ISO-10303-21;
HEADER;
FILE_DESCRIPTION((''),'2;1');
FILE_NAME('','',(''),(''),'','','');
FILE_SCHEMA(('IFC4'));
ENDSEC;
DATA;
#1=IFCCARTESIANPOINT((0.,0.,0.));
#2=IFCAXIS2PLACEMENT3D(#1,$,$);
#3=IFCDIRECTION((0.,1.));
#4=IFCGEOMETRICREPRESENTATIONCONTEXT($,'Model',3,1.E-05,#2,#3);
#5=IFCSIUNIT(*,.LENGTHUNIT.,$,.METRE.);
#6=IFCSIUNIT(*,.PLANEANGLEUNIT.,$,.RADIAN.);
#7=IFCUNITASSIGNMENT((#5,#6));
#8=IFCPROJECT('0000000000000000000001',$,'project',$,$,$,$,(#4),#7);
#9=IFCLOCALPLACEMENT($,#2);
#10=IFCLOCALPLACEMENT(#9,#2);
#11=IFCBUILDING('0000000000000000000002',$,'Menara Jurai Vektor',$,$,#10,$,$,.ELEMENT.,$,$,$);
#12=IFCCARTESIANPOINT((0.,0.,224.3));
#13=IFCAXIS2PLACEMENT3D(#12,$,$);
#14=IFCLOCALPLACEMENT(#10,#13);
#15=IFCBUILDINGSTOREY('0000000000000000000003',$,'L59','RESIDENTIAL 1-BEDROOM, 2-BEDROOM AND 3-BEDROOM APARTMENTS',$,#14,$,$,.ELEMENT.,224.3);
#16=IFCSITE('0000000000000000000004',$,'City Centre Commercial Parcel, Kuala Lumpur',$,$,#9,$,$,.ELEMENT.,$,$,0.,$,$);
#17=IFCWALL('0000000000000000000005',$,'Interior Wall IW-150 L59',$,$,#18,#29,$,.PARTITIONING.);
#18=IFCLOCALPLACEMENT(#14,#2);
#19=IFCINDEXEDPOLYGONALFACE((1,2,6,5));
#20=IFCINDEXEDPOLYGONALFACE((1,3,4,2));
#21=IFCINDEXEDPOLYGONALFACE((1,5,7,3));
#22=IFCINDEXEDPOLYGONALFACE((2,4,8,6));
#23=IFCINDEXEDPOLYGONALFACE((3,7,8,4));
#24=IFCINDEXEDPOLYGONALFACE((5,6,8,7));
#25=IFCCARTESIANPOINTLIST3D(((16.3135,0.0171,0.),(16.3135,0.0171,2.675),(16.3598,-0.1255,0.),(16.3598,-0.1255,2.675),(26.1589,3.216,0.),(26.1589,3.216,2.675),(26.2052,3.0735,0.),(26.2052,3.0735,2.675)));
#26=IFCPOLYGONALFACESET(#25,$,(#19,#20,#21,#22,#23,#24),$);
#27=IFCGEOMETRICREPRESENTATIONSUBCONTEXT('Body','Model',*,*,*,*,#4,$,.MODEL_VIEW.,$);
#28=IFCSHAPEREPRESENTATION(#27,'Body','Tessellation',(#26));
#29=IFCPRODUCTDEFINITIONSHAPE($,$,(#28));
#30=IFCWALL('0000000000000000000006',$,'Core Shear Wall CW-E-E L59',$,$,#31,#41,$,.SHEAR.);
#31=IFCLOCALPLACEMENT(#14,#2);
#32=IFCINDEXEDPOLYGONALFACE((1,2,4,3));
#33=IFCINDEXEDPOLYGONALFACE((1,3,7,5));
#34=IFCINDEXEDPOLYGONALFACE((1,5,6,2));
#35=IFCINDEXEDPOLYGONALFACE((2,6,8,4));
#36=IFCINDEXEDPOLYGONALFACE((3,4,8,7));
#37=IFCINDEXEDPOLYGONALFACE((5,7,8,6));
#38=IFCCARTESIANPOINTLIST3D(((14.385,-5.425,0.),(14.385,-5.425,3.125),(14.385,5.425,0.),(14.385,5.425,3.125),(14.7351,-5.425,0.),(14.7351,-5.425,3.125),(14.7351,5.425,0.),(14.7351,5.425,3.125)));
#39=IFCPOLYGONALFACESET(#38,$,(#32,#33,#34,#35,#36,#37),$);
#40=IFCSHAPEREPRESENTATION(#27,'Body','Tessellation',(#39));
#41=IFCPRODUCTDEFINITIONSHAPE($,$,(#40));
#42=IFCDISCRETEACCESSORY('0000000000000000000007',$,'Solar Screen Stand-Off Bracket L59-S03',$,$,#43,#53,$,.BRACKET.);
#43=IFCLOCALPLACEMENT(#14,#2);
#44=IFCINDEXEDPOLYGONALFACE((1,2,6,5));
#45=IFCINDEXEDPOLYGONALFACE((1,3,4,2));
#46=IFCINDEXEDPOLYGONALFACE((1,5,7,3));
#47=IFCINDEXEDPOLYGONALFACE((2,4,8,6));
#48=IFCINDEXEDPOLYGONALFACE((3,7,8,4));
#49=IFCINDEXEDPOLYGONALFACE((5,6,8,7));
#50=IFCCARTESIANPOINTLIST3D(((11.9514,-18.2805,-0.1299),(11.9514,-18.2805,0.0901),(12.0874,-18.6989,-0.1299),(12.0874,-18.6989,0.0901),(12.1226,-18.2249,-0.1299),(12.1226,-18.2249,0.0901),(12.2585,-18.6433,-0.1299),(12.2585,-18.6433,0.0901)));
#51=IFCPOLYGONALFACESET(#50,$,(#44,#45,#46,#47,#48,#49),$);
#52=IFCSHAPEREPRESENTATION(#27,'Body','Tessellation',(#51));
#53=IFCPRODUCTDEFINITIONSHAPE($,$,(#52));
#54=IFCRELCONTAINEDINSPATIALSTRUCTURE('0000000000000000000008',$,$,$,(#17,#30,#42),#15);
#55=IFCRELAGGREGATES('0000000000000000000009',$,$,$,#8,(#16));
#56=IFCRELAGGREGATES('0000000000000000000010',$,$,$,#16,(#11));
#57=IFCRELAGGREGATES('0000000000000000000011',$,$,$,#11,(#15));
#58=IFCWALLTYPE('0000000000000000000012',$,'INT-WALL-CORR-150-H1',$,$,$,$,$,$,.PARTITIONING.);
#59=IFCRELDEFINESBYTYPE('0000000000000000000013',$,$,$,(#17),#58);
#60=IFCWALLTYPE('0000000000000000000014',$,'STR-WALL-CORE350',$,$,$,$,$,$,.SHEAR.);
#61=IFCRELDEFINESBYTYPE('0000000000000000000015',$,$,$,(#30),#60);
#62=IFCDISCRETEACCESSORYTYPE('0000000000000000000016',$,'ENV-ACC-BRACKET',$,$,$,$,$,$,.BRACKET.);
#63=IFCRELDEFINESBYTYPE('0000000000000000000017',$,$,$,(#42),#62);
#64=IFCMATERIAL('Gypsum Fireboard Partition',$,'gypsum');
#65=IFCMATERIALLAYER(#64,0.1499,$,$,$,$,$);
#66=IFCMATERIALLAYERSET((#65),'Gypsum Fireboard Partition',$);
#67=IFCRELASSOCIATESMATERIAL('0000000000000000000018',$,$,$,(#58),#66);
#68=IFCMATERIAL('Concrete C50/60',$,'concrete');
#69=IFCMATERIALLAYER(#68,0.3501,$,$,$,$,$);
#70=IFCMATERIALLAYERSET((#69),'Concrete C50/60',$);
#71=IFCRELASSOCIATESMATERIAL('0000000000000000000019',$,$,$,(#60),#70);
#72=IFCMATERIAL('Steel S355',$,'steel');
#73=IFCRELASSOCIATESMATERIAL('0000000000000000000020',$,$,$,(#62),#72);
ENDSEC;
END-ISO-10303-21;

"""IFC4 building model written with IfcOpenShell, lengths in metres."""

from ifc_helpers import new_model, si_unit, direction, frame, frame_2d, origin, origin_2d, place, context, subcontext, project, spatial, rectangle, extrude, material, layer, layer_set, type_object, element, save


model = new_model("IFC4")

# Units and contexts
model_context = context("Model", 3, precision=1e-05, world=origin(), true_north=direction((0.0, 1.0)))
body_context = subcontext(model_context, "Body", "Model", "MODEL_VIEW")
ifc_project = project(units=[si_unit("LENGTHUNIT", "METRE"), si_unit("PLANEANGLEUNIT", "RADIAN")], contexts=[model_context])

# Site, building, storey
site_placement = place(None, origin())
site = spatial("IfcSite", under=ifc_project, at=site_placement, Name="City Centre Commercial Parcel, Kuala Lumpur", CompositionType="ELEMENT", RefElevation=0.0)
building_placement = place(site_placement, origin())
building = spatial("IfcBuilding", under=site, at=building_placement, Name="Menara Jurai Vektor", CompositionType="ELEMENT")
storey_placement = place(building_placement, frame((0.0, 0.0, 224.3)))
storey = spatial("IfcBuildingStorey", under=building, at=storey_placement, Name="L59", Description="RESIDENTIAL 1-BEDROOM, 2-BEDROOM AND 3-BEDROOM APARTMENTS", CompositionType="ELEMENT", Elevation=224.3)

# Shared definitions
ifc_material_1 = material(Name="Concrete C50/60", Category="concrete")

# Shared definitions
ifc_material_2 = material(Name="Steel S355", Category="steel")

# Shared definitions
ifc_material_3 = material(Name="Gypsum Fireboard Partition", Category="gypsum")

# Walls
ifc_layer_1 = layer(ifc_material_3, 0.1499)
ifc_layer_set_1 = layer_set([ifc_layer_1], Name="Gypsum Fireboard Partition")
wall_type_1 = type_object("IfcWallType", Name="INT-WALL-CORR-150-H1", PredefinedType="PARTITIONING", material=ifc_layer_set_1)
wall_1_placement = place(storey_placement, frame((16.3367, -0.0542, 0.0), z_axis=(0.0, 0.0, 1.0), x_axis=(0.951057, 0.309016, 0.0)))
element("IfcWall", 1, at=wall_1_placement, inside=storey, type_object=wall_type_1, Name="Interior Wall IW-150 L59", PredefinedType="PARTITIONING", context=body_context, shape_type="SweptSolid", body=[
    extrude(rectangle(XDim=10.3521, YDim=0.1499, at=frame_2d((5.176, 0.0))), origin(), (0.0, 0.0, 1.0), 2.675),
])
ifc_layer_2 = layer(ifc_material_1, 0.3501)
ifc_layer_set_2 = layer_set([ifc_layer_2], Name="Concrete C50/60")
wall_type_2 = type_object("IfcWallType", Name="STR-WALL-CORE350", PredefinedType="SHEAR", material=ifc_layer_set_2)
wall_2_placement = place(storey_placement, frame((14.5601, -5.425, 0.0), z_axis=(0.0, 0.0, 1.0), x_axis=(0.0, 1.0, 0.0)))
element("IfcWall", 2, at=wall_2_placement, inside=storey, type_object=wall_type_2, Name="Core Shear Wall CW-E-E L59", PredefinedType="SHEAR", context=body_context, shape_type="SweptSolid", body=[
    extrude(rectangle(XDim=10.8501, YDim=0.3501, at=frame_2d((5.425, 0.0))), origin(), (0.0, 0.0, 1.0), 3.125),
])

# Discrete accessory
discrete_accessory_type = type_object("IfcDiscreteAccessoryType", Name="ENV-ACC-BRACKET", PredefinedType="BRACKET", material=ifc_material_2)
discrete_accessory_placement = place(storey_placement, frame((12.105, -18.4619, -0.1299), z_axis=(0.0, 0.0, 1.0), x_axis=(0.951057, 0.309017, 0.0)))
element("IfcDiscreteAccessory", 3, at=discrete_accessory_placement, inside=storey, type_object=discrete_accessory_type, Name="Solar Screen Stand-Off Bracket L59-S03", PredefinedType="BRACKET", context=body_context, shape_type="SweptSolid", body=[
    extrude(rectangle(XDim=0.1799, YDim=0.4399, at=origin_2d()), origin(), (0.0, 0.0, 1.0), 0.22),
])

save(model, "model.ifc")
